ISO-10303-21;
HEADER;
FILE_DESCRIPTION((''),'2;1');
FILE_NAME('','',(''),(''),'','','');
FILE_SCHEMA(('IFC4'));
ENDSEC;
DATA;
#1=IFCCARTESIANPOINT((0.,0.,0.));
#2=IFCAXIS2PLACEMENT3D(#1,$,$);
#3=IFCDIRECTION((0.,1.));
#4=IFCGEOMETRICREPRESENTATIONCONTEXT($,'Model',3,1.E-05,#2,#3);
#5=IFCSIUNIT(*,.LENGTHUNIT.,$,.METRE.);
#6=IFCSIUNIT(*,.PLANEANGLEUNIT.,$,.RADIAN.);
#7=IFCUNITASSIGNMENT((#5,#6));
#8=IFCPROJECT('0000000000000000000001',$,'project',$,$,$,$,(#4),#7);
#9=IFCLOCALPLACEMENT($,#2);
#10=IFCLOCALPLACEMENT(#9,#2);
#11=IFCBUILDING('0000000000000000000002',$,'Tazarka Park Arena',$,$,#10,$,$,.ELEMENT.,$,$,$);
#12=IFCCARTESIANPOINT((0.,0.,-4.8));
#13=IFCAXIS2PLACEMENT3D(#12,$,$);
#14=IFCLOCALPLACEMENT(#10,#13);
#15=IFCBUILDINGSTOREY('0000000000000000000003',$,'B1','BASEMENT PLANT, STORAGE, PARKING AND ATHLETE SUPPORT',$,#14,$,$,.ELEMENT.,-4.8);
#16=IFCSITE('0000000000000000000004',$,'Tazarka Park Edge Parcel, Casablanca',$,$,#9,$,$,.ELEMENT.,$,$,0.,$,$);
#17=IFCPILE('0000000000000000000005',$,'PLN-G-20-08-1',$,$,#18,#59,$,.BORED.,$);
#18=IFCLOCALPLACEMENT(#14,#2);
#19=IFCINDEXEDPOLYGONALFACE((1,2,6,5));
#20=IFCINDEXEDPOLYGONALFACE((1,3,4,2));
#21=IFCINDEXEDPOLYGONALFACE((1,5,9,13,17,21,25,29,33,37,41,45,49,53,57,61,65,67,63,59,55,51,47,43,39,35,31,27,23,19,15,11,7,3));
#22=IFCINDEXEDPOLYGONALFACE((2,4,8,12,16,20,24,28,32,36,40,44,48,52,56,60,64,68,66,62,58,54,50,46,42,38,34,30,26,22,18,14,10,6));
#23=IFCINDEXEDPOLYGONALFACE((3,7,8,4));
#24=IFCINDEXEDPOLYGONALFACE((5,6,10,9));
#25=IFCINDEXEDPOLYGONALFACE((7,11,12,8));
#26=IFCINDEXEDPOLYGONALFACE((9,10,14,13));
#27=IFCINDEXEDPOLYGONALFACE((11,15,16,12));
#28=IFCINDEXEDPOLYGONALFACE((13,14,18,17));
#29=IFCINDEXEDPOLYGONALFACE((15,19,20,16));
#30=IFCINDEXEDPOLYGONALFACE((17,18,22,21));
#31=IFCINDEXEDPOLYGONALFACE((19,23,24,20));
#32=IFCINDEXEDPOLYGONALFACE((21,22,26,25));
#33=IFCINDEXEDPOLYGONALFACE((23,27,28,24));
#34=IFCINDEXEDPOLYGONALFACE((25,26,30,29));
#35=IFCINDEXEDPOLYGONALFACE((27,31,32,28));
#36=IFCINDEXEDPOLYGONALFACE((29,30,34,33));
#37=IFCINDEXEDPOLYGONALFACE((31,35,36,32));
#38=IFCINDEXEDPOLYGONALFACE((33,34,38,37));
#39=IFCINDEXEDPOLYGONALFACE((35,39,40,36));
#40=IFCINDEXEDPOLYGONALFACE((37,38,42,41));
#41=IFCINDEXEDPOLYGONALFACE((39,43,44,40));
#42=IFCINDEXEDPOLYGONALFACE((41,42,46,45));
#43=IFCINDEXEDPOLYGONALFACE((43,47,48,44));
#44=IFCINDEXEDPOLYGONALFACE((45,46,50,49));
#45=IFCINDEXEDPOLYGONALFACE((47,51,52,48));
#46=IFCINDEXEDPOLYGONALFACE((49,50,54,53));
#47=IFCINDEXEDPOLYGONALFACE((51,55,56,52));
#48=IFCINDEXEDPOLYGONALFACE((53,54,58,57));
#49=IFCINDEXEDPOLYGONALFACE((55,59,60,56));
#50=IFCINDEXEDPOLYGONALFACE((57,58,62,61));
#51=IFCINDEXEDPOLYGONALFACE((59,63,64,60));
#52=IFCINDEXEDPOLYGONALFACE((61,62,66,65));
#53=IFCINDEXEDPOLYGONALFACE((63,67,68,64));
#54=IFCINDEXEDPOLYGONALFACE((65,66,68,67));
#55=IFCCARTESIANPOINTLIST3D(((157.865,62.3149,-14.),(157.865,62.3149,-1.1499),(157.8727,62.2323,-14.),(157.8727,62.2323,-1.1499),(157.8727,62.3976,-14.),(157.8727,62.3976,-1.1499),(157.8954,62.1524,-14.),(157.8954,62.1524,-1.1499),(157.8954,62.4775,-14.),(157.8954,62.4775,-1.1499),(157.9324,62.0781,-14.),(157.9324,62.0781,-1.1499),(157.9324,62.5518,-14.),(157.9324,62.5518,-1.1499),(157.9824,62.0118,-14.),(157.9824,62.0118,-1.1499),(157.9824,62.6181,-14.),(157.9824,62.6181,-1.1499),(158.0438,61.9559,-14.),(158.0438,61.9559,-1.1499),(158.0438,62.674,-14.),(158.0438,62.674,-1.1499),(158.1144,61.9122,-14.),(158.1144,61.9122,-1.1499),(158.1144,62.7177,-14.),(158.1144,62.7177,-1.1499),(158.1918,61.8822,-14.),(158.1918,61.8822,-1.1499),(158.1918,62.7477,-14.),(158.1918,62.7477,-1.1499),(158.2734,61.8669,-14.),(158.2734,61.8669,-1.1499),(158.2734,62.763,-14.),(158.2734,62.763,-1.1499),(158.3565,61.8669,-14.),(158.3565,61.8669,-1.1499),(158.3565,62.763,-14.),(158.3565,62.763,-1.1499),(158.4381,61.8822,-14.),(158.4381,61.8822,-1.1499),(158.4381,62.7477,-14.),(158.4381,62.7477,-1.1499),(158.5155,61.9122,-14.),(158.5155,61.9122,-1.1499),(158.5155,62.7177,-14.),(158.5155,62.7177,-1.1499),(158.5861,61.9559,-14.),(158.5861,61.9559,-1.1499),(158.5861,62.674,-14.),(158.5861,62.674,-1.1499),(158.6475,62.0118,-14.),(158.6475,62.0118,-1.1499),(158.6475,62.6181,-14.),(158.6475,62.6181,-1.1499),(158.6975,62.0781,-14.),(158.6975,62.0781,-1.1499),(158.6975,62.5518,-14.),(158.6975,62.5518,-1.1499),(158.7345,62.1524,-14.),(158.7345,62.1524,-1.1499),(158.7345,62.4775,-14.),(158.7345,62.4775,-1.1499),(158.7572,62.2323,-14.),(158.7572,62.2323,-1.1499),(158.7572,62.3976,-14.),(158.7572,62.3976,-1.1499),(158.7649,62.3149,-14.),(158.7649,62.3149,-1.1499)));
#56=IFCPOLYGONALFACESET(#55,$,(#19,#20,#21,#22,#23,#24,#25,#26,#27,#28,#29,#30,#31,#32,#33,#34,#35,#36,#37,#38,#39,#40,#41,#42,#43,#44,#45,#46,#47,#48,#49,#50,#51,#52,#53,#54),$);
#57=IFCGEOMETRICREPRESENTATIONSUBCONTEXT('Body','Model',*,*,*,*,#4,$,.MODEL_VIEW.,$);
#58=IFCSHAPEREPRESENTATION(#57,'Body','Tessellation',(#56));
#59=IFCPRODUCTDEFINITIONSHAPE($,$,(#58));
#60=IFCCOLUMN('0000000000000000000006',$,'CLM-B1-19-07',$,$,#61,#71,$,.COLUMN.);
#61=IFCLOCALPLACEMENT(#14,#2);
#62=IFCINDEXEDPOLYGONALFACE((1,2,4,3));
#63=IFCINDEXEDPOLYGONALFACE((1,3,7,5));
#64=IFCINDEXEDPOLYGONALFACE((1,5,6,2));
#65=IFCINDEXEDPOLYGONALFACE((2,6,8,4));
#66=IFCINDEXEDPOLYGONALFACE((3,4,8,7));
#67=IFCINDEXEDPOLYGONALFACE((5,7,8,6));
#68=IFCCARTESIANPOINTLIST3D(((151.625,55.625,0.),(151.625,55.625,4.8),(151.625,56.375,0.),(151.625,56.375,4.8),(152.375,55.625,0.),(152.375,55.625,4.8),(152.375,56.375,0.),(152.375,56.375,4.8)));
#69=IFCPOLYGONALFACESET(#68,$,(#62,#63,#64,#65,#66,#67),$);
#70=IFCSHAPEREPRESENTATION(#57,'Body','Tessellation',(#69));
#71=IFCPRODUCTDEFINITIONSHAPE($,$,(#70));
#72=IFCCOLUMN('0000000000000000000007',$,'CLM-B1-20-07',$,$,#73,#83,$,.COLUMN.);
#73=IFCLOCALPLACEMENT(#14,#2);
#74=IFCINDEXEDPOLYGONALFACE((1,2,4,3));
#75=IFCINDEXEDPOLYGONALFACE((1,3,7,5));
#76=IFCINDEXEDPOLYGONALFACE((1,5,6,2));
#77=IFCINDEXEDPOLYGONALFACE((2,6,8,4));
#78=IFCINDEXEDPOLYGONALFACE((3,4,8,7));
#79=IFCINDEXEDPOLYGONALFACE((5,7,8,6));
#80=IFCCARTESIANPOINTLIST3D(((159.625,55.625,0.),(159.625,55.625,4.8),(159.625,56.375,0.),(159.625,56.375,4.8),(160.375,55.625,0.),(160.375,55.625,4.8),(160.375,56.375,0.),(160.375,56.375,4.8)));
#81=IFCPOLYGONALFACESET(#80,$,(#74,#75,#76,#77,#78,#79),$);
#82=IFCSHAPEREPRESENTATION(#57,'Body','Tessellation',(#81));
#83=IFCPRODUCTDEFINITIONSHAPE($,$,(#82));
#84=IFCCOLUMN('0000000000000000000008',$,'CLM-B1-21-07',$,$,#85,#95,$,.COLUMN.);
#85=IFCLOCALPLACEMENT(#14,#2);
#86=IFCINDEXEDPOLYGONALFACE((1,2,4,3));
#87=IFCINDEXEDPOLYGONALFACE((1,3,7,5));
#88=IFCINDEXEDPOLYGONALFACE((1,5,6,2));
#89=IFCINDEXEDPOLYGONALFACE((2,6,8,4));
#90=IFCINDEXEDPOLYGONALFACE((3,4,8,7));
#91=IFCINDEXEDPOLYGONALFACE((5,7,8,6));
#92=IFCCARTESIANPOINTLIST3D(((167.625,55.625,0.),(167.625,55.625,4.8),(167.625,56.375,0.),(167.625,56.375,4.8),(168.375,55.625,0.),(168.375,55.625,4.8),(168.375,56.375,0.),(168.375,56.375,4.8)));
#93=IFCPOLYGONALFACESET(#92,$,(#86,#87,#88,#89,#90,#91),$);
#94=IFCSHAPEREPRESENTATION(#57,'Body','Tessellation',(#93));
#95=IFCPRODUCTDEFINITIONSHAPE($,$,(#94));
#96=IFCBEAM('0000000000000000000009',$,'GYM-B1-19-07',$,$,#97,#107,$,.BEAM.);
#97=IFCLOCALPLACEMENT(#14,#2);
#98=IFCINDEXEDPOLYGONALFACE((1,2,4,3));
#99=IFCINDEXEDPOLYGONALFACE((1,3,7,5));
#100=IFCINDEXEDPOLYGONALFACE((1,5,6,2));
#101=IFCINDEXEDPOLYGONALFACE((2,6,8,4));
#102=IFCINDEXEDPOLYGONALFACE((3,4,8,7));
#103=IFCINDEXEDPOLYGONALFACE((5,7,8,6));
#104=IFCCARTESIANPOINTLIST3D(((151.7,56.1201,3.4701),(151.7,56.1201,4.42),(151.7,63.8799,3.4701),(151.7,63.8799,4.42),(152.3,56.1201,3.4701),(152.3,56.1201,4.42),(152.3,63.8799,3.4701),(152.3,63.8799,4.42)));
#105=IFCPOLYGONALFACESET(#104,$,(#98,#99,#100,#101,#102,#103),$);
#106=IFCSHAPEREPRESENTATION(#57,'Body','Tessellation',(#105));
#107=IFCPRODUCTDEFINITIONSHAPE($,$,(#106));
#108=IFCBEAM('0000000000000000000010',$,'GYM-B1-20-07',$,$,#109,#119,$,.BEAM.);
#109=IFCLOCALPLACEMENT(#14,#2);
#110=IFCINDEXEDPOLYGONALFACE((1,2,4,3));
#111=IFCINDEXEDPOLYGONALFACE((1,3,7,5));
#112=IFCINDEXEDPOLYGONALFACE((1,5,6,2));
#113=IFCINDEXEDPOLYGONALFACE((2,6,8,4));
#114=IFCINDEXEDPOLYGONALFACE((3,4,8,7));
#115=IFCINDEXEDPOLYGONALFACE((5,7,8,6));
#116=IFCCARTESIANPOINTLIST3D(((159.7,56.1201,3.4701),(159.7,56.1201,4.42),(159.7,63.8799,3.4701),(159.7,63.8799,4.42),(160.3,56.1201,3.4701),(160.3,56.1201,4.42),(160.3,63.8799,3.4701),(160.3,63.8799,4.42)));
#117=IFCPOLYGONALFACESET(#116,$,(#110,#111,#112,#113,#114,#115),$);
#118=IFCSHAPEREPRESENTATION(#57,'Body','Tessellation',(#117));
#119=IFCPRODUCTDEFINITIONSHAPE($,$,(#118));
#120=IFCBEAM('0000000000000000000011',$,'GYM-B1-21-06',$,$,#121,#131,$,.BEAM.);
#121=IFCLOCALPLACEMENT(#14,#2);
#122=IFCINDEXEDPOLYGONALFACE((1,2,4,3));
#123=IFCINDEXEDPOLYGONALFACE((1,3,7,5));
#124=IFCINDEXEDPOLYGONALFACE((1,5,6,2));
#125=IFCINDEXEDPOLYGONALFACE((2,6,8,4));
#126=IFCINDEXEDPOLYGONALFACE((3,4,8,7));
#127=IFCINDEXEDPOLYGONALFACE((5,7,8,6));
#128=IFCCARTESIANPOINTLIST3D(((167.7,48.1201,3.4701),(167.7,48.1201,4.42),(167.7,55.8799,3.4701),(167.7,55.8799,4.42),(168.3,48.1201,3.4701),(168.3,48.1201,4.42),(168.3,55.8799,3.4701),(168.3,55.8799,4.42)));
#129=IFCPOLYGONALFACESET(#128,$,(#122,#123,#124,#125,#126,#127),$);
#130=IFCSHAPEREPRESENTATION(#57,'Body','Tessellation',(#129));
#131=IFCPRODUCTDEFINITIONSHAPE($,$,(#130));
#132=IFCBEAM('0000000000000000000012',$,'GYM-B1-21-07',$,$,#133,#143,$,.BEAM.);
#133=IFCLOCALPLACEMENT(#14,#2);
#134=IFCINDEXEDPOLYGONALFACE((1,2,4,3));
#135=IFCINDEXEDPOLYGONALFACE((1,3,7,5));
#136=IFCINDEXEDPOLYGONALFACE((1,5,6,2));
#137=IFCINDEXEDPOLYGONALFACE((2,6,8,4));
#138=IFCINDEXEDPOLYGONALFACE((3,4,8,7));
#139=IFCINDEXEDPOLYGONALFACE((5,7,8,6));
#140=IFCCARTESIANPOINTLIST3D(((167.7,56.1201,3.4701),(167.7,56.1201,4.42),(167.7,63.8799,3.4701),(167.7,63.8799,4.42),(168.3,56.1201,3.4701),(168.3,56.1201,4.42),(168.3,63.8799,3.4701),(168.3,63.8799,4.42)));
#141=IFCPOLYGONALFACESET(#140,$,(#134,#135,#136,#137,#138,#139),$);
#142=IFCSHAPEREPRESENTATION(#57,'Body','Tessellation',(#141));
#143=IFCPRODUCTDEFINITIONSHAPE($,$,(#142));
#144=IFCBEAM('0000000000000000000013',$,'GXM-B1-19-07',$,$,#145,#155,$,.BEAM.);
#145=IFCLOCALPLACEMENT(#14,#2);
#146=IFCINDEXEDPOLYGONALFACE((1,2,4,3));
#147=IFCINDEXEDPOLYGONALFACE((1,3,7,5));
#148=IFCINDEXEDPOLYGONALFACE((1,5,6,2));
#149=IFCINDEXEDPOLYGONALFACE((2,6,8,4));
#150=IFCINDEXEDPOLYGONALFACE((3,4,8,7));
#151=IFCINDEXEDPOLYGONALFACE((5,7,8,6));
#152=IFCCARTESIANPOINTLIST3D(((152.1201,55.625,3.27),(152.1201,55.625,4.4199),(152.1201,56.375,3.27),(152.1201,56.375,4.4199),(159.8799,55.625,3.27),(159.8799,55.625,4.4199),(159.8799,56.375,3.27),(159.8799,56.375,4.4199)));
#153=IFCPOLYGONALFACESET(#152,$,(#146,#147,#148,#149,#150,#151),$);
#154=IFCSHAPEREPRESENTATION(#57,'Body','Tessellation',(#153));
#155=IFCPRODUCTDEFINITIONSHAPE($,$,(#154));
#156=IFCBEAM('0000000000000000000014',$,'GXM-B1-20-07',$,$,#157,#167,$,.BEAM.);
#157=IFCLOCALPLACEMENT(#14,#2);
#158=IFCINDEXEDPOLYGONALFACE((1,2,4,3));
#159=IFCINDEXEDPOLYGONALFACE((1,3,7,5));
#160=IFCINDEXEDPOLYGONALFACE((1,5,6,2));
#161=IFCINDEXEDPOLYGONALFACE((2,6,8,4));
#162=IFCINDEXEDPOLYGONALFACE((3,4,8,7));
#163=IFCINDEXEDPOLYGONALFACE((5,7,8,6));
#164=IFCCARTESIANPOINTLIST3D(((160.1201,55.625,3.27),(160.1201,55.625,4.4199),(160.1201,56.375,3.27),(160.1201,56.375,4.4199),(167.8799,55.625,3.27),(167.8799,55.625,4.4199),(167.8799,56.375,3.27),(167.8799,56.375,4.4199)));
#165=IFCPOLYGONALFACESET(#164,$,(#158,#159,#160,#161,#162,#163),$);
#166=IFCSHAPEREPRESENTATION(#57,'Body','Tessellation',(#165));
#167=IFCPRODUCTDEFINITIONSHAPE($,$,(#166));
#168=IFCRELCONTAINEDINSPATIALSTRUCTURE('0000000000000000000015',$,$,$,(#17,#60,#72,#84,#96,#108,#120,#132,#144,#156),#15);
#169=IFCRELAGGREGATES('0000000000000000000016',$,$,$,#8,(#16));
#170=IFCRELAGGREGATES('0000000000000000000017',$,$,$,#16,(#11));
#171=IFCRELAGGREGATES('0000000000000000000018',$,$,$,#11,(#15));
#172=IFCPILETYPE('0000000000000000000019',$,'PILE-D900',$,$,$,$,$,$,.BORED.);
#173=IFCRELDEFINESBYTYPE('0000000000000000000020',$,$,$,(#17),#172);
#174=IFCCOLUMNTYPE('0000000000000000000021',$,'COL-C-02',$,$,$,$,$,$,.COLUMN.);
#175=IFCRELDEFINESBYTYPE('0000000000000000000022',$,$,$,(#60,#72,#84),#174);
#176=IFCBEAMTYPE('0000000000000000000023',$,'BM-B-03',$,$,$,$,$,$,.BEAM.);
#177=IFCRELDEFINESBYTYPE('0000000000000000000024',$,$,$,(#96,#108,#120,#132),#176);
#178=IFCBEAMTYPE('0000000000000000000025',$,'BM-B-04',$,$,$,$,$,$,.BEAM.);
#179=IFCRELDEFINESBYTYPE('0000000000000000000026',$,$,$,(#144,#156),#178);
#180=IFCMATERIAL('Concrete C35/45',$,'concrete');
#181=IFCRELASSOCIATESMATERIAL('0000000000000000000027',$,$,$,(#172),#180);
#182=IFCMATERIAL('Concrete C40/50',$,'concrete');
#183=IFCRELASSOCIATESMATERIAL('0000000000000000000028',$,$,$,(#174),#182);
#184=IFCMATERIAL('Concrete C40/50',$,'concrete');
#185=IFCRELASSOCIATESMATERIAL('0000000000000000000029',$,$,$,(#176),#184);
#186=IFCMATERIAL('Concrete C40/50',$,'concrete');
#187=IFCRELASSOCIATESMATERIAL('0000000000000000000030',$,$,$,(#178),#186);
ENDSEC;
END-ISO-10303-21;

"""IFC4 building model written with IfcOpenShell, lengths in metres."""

from ifc_helpers import new_model, si_unit, direction, frame, origin, origin_2d, place, context, subcontext, project, spatial, rectangle, circle, extrude, material, material_profile, profile_set, type_object, element, save


model = new_model("IFC4")

# Units and contexts
model_context = context("Model", 3, precision=1e-05, world=origin(), true_north=direction((0.0, 1.0)))
body_context = subcontext(model_context, "Body", "Model", "MODEL_VIEW")
ifc_project = project(units=[si_unit("LENGTHUNIT", "METRE"), si_unit("PLANEANGLEUNIT", "RADIAN")], contexts=[model_context])

# Site, building, storey
site_placement = place(None, origin())
site = spatial("IfcSite", under=ifc_project, at=site_placement, Name="Tazarka Park Edge Parcel, Casablanca", CompositionType="ELEMENT", RefElevation=0.0)
building_placement = place(site_placement, origin())
building = spatial("IfcBuilding", under=site, at=building_placement, Name="Tazarka Park Arena", CompositionType="ELEMENT")
storey_placement = place(building_placement, frame((0.0, 0.0, -4.8)))
storey = spatial("IfcBuildingStorey", under=building, at=storey_placement, Name="B1", Description="BASEMENT PLANT, STORAGE, PARKING AND ATHLETE SUPPORT", CompositionType="ELEMENT", Elevation=-4.8)

# Pile
ifc_material_1 = material(Name="Concrete C35/45", Category="concrete")
ifc_material_profile_1 = material_profile(ifc_material_1, circle(Radius=0.45, at=origin_2d()), Name="Concrete C35/45")
ifc_profile_set_1 = profile_set([ifc_material_profile_1], Name="Concrete C35/45")
pile_type_1 = type_object("IfcPileType", Name="PILE-D900", PredefinedType="BORED", material=ifc_profile_set_1)
pile_placement = place(storey_placement, frame((158.3149, 62.3149, -1.1499), z_axis=(0.0, 0.0, -1.0), x_axis=(1.0, 0.0, 0.0)))
element("IfcPile", 1, at=pile_placement, inside=storey, type_object=pile_type_1, Name="PLN-G-20-08-1", PredefinedType="BORED", context=body_context, shape_type="SweptSolid", body=[
    extrude(circle(Radius=0.45, at=origin_2d()), origin(), (0.0, 0.0, 1.0), 12.8501),
])

# Columns
ifc_material_2 = material(Name="Concrete C40/50", Category="concrete")
ifc_material_profile_2 = material_profile(ifc_material_2, rectangle(XDim=0.75, YDim=0.75, at=origin_2d()), Name="Concrete C40/50")
ifc_profile_set_2 = profile_set([ifc_material_profile_2], Name="Concrete C40/50")
column_type = type_object("IfcColumnType", Name="COL-C-02", PredefinedType="COLUMN", material=ifc_profile_set_2)
for number, where, z_axis, x_axis, name in (
    (2, (152.0, 56.0, 0.0), (0.0, 0.0, 1.0), (1.0, 0.0, 0.0), "CLM-B1-19-07"),
    (3, (160.0, 56.0, 0.0), (0.0, 0.0, 1.0), (1.0, 0.0, 0.0), "CLM-B1-20-07"),
    (4, (168.0, 56.0, 0.0), (0.0, 0.0, 1.0), (1.0, 0.0, 0.0), "CLM-B1-21-07"),
):
    element("IfcColumn", number, at=place(storey_placement, frame(where, z_axis=z_axis, x_axis=x_axis)), inside=storey, type_object=column_type, Name=name, PredefinedType="COLUMN", context=body_context, shape_type="SweptSolid", body=[
        extrude(rectangle(XDim=0.75, YDim=0.75, at=origin_2d()), origin(), (0.0, 0.0, 1.0), 4.8),
    ])

# Beams
ifc_material_3 = material(Name="Concrete C40/50", Category="concrete")
ifc_material_profile_3 = material_profile(ifc_material_3, rectangle(XDim=0.6001, YDim=0.95, at=origin_2d()), Name="Concrete C40/50")
ifc_profile_set_3 = profile_set([ifc_material_profile_3], Name="Concrete C40/50")
beam_type_1 = type_object("IfcBeamType", Name="BM-B-03", PredefinedType="BEAM", material=ifc_profile_set_3)
for number, where, z_axis, x_axis, name in (
    (5, (152.0, 56.1201, 3.9451), (0.0, 1.0, 0.0), (-1.0, 0.0, 0.0), "GYM-B1-19-07"),
    (6, (160.0, 56.1201, 3.9451), (0.0, 1.0, 0.0), (-1.0, 0.0, 0.0), "GYM-B1-20-07"),
    (7, (168.0, 48.1201, 3.9451), (0.0, 1.0, 0.0), (-1.0, 0.0, 0.0), "GYM-B1-21-06"),
    (8, (168.0, 56.1201, 3.9451), (0.0, 1.0, 0.0), (-1.0, 0.0, 0.0), "GYM-B1-21-07"),
):
    element("IfcBeam", number, at=place(storey_placement, frame(where, z_axis=z_axis, x_axis=x_axis)), inside=storey, type_object=beam_type_1, Name=name, PredefinedType="BEAM", context=body_context, shape_type="SweptSolid", body=[
        extrude(rectangle(XDim=0.6001, YDim=0.95, at=origin_2d()), origin(), (0.0, 0.0, 1.0), 7.7598),
    ])
ifc_material_4 = material(Name="Concrete C40/50", Category="concrete")
ifc_material_profile_4 = material_profile(ifc_material_4, rectangle(XDim=0.75, YDim=1.1499, at=origin_2d()), Name="Concrete C40/50")
ifc_profile_set_4 = profile_set([ifc_material_profile_4], Name="Concrete C40/50")
beam_type_2 = type_object("IfcBeamType", Name="BM-B-04", PredefinedType="BEAM", material=ifc_profile_set_4)
for number, where, z_axis, x_axis, name in (
    (9, (152.1201, 56.0, 3.845), (1.0, 0.0, 0.0), (0.0, 1.0, 0.0), "GXM-B1-19-07"),
    (10, (160.1201, 56.0, 3.845), (1.0, 0.0, 0.0), (0.0, 1.0, 0.0), "GXM-B1-20-07"),
):
    element("IfcBeam", number, at=place(storey_placement, frame(where, z_axis=z_axis, x_axis=x_axis)), inside=storey, type_object=beam_type_2, Name=name, PredefinedType="BEAM", context=body_context, shape_type="SweptSolid", body=[
        extrude(rectangle(XDim=0.75, YDim=1.1499, at=origin_2d()), origin(), (0.0, 0.0, 1.0), 7.7598),
    ])

save(model, "model.ifc")
